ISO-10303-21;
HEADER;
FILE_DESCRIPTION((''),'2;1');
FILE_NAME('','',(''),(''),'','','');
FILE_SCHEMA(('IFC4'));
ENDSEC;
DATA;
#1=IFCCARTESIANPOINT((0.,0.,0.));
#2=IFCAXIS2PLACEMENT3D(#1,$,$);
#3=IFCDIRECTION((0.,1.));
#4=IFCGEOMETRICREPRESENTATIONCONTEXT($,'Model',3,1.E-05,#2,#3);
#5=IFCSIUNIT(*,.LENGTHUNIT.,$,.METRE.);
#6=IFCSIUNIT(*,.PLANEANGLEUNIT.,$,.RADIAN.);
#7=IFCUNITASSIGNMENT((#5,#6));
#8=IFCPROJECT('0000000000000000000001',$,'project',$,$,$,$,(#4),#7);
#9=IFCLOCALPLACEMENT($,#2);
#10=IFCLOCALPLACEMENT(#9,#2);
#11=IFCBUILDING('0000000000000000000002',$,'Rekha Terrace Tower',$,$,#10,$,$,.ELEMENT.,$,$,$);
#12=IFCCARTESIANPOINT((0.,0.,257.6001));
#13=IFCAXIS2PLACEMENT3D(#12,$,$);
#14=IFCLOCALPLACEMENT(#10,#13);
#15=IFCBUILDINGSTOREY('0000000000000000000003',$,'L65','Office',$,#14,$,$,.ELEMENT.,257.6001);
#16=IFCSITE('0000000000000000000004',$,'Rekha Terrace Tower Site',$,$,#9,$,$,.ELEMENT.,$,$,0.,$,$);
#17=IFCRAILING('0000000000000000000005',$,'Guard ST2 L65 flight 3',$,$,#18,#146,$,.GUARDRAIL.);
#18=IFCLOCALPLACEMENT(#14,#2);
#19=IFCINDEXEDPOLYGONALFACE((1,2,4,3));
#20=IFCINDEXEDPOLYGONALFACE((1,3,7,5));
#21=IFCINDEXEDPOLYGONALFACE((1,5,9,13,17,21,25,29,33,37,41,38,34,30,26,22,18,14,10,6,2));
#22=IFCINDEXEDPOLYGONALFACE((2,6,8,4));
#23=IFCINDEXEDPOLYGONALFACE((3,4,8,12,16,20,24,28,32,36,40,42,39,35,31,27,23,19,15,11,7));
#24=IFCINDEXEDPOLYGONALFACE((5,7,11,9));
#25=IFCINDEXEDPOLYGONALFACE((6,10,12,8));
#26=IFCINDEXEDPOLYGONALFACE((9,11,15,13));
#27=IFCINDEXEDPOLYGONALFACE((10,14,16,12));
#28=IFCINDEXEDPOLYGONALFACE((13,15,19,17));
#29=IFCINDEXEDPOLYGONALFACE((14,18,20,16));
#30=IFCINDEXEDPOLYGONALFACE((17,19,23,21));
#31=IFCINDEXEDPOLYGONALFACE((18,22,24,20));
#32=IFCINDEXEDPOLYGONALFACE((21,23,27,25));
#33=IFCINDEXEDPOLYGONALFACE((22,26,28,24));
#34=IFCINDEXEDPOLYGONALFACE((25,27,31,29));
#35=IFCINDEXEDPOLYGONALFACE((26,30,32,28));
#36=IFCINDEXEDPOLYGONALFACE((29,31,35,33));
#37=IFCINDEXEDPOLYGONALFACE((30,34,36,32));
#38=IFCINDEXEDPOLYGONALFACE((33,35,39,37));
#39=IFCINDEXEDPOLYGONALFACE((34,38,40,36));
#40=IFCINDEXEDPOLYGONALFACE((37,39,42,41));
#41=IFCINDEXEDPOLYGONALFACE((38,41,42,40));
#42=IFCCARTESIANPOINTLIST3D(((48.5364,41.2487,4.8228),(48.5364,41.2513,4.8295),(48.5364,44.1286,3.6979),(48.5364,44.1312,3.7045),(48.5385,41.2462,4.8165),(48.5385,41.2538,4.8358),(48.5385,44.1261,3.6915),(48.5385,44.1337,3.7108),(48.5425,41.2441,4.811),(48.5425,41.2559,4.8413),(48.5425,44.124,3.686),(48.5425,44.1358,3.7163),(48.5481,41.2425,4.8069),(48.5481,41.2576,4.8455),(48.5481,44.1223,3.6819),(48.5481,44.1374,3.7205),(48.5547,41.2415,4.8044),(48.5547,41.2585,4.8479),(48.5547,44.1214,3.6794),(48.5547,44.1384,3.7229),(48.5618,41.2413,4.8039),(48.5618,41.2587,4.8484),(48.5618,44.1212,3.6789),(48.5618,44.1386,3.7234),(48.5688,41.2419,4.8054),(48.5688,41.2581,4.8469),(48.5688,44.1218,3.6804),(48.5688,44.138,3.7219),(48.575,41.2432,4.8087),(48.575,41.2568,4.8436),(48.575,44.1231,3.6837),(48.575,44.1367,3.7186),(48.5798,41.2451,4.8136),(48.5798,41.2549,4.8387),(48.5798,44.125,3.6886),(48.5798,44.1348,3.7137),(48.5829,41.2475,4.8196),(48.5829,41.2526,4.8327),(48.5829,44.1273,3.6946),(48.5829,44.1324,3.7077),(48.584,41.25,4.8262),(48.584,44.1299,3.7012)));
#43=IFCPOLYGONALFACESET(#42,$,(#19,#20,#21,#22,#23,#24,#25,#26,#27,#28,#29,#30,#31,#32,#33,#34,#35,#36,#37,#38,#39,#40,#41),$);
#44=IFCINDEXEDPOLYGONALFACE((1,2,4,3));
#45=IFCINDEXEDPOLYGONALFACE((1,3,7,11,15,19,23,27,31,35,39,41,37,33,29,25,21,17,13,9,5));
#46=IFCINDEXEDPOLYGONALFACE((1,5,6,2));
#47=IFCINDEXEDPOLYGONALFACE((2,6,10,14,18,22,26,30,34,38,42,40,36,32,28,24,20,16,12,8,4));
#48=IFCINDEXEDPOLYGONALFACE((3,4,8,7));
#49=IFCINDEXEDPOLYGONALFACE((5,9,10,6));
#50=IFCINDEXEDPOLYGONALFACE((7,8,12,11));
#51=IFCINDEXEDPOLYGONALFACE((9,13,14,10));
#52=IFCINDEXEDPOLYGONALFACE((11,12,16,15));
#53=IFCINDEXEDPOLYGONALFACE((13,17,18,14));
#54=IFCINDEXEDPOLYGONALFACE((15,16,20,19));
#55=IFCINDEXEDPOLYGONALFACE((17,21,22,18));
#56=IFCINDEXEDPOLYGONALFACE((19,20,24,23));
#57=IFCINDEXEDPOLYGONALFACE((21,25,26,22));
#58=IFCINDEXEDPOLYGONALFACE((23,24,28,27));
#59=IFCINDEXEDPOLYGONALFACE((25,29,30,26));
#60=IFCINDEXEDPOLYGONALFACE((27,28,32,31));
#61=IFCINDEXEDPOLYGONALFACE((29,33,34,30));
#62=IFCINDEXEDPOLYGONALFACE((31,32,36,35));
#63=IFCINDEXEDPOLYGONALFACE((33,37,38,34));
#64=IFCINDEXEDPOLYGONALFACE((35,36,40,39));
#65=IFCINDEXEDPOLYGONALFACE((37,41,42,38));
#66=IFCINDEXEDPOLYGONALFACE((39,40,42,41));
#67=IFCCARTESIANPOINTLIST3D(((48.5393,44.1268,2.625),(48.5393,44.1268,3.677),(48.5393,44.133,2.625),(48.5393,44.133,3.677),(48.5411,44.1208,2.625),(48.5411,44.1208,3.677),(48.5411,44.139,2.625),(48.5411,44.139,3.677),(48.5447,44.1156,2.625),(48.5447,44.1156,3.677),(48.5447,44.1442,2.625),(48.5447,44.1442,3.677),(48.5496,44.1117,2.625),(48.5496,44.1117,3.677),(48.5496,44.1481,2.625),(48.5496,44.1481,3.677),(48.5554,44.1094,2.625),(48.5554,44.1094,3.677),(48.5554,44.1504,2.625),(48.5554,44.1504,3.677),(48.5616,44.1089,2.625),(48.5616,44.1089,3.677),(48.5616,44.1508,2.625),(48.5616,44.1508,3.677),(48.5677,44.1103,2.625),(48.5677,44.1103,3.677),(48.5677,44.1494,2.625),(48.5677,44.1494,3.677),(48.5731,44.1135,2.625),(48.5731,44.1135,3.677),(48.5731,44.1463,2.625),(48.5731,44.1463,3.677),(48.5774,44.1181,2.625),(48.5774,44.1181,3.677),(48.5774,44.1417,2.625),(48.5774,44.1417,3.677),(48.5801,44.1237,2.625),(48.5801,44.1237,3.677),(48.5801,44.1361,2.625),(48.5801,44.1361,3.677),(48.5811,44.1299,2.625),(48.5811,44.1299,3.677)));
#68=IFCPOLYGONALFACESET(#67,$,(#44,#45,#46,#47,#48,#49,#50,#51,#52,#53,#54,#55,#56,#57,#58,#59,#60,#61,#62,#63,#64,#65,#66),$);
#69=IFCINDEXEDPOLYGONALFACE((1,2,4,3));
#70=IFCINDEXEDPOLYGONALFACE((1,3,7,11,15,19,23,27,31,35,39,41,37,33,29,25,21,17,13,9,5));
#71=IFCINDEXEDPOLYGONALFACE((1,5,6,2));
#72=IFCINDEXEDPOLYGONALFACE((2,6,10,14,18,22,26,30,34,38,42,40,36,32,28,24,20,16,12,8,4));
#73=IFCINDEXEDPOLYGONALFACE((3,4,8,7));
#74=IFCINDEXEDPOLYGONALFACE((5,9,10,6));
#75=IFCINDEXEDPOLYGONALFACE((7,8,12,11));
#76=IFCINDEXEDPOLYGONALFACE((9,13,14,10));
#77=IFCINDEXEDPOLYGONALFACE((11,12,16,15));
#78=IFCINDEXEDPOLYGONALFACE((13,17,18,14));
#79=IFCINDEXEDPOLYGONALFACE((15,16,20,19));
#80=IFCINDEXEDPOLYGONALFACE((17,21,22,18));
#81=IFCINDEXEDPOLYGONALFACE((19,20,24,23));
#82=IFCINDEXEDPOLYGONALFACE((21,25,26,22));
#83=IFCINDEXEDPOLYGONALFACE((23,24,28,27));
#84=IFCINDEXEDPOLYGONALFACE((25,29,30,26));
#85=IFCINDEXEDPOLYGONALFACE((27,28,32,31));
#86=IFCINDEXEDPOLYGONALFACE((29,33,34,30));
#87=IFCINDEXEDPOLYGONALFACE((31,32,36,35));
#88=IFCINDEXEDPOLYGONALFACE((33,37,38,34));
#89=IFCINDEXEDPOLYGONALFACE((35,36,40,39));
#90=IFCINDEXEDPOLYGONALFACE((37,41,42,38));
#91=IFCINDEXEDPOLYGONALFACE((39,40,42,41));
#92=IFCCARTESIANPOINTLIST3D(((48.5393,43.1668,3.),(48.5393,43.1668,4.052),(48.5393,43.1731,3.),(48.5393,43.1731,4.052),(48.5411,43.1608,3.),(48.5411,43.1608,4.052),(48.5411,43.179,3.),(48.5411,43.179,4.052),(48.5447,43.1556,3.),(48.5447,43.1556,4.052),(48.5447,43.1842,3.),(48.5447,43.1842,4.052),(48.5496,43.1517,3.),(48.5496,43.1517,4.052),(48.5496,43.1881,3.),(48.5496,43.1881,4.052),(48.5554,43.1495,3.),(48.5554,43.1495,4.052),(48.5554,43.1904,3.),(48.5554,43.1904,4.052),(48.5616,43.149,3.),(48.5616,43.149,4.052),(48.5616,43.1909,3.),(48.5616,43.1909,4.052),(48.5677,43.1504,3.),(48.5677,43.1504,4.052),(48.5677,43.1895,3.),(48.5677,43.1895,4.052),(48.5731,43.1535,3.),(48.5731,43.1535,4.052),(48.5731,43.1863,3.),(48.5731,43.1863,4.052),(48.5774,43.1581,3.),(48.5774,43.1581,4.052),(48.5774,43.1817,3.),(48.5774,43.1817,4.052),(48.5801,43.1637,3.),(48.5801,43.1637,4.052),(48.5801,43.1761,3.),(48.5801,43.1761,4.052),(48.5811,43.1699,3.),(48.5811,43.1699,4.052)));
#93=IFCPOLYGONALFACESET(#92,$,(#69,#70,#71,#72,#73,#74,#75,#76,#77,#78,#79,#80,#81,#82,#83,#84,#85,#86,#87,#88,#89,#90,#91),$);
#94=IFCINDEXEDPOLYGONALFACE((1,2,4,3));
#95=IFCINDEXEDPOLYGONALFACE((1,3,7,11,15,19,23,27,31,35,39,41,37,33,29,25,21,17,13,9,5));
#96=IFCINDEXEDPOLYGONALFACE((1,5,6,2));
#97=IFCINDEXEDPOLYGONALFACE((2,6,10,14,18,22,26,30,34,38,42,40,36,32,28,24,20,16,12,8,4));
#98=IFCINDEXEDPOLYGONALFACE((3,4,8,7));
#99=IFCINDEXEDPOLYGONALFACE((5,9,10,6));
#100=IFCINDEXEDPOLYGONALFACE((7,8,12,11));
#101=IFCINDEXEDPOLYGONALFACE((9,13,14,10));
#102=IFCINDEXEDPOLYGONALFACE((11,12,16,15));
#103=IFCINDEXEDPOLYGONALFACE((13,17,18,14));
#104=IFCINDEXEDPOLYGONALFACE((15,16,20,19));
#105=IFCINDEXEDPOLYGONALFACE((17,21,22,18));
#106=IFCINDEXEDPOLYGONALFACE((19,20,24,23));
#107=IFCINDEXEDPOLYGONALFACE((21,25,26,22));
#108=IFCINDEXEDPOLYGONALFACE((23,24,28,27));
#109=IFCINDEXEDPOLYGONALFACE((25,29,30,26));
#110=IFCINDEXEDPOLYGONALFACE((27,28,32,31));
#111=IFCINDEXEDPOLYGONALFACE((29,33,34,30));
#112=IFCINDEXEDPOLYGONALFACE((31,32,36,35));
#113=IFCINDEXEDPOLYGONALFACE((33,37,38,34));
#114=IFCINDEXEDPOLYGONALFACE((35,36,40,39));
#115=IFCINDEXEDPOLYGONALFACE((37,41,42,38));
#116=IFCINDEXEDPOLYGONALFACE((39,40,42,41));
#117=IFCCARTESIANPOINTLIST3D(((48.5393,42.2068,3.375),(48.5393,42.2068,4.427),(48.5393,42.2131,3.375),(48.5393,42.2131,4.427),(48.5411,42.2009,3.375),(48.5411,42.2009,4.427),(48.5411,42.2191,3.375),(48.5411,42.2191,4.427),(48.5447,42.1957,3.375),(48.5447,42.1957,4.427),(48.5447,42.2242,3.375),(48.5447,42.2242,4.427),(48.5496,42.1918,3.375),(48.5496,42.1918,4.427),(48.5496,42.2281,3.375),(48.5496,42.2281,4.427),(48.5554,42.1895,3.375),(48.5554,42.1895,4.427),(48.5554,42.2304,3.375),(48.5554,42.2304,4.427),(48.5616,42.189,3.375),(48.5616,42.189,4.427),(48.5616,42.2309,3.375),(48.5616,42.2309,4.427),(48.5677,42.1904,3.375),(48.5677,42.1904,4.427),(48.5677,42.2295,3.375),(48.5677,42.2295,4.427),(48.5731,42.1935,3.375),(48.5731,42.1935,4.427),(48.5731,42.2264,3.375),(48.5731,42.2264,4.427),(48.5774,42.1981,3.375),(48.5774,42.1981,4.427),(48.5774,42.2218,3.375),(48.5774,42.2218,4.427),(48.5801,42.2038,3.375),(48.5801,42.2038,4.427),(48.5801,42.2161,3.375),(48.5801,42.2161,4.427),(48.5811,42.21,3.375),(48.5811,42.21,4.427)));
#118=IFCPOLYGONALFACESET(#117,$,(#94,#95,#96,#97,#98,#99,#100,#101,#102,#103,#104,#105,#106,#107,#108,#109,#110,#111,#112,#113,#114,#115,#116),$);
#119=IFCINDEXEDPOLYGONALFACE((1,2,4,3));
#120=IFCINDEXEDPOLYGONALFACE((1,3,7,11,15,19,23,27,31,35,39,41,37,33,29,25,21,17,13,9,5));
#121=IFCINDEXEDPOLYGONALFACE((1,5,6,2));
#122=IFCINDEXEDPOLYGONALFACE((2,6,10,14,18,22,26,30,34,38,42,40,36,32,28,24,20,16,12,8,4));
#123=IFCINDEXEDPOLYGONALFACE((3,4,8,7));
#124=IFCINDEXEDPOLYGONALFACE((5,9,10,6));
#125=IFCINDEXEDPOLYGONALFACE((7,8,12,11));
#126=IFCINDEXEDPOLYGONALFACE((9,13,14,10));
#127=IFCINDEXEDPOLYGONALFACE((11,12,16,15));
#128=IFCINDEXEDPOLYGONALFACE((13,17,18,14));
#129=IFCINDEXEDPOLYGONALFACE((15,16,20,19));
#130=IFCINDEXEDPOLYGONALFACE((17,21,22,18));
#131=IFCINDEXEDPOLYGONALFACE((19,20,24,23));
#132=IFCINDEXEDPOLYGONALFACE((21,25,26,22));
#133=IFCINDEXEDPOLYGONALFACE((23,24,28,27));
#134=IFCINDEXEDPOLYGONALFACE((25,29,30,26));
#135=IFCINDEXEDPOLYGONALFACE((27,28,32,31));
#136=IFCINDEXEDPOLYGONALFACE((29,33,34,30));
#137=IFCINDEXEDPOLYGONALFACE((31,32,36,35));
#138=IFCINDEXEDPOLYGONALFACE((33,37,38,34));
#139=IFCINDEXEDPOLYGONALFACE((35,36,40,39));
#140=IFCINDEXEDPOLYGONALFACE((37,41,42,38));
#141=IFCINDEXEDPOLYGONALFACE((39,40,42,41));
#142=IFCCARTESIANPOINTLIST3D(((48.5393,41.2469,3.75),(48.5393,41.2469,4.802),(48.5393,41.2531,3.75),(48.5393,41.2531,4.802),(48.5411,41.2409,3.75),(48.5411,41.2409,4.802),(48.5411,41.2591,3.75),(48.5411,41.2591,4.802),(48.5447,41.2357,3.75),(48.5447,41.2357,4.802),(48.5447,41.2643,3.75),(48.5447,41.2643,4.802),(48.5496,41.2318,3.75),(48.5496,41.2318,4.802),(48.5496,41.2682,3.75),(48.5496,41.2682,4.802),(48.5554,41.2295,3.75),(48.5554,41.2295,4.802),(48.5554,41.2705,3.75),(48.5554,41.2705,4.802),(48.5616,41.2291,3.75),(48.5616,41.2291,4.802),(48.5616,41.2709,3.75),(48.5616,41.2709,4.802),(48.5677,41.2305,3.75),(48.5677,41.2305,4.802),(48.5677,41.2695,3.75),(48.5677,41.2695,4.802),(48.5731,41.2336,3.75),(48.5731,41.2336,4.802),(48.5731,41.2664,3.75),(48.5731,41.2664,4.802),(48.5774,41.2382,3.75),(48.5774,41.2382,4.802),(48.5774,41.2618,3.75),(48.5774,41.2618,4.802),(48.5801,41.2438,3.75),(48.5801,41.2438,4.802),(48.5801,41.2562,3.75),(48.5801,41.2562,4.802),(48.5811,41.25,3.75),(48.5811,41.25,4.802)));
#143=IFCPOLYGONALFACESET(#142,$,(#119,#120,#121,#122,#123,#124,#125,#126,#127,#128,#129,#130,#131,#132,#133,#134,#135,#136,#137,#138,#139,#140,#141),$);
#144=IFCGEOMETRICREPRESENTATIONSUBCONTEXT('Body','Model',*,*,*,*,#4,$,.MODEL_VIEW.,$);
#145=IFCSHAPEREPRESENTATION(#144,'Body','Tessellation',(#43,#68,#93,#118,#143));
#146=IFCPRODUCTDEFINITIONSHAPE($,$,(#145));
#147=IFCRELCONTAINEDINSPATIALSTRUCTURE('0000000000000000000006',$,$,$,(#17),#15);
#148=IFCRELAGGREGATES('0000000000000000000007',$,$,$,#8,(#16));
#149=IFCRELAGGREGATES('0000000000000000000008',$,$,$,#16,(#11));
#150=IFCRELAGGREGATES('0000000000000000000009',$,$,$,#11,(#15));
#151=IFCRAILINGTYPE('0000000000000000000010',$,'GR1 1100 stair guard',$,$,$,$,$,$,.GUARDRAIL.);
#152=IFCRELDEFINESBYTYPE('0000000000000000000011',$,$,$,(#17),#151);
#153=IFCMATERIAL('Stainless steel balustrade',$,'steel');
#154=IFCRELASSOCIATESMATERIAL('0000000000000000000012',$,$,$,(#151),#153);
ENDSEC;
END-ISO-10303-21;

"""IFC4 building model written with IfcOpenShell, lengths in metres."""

from ifc_helpers import new_model, si_unit, direction, frame, origin, origin_2d, place, context, subcontext, project, spatial, circle, extrude, material, type_object, element, save


model = new_model("IFC4")

# Units and contexts
model_context = context("Model", 3, precision=1e-05, world=origin(), true_north=direction((0.0, 1.0)))
body_context = subcontext(model_context, "Body", "Model", "MODEL_VIEW")
ifc_project = project(units=[si_unit("LENGTHUNIT", "METRE"), si_unit("PLANEANGLEUNIT", "RADIAN")], contexts=[model_context])

# Site, building, storey
site_placement = place(None, origin())
site = spatial("IfcSite", under=ifc_project, at=site_placement, Name="Rekha Terrace Tower Site", CompositionType="ELEMENT", RefElevation=0.0)
building_placement = place(site_placement, origin())
building = spatial("IfcBuilding", under=site, at=building_placement, Name="Rekha Terrace Tower", CompositionType="ELEMENT")
storey_placement = place(building_placement, frame((0.0, 0.0, 257.6001)))
storey = spatial("IfcBuildingStorey", under=building, at=storey_placement, Name="L65", Description="Office", CompositionType="ELEMENT", Elevation=257.6001)

# Railing
ifc_material_1 = material(Name="Stainless steel balustrade", Category="steel")
railing_type_1 = type_object("IfcRailingType", Name="GR1 1100 stair guard", PredefinedType="GUARDRAIL", material=ifc_material_1)
railing_1_placement = place(storey_placement, frame((48.5601, 44.1299, 2.625)))
element("IfcRailing", 1, at=railing_1_placement, inside=storey, type_object=railing_type_1, Name="Guard ST2 L65 flight 3", PredefinedType="GUARDRAIL", context=body_context, shape_type="SweptSolid", body=[
    extrude(circle(Radius=0.0239, at=origin_2d()), frame((0.0, 0.0, 1.0762), z_axis=(0.0, -0.931452, 0.363863), x_axis=(1.0, 0.0, 0.0)), (0.0, 0.0, 1.0), 3.0918),
    extrude(circle(Radius=0.021, at=origin_2d()), origin(), (0.0, 0.0, 1.0), 1.052),
    extrude(circle(Radius=0.021, at=origin_2d()), frame((0.0, -0.96, 0.375)), (0.0, 0.0, 1.0), 1.052),
    extrude(circle(Radius=0.021, at=origin_2d()), frame((0.0, -1.9199, 0.75)), (0.0, 0.0, 1.0), 1.052),
    extrude(circle(Radius=0.021, at=origin_2d()), frame((0.0, -2.8799, 1.125)), (0.0, 0.0, 1.0), 1.052),
])

save(model, "model.ifc")
